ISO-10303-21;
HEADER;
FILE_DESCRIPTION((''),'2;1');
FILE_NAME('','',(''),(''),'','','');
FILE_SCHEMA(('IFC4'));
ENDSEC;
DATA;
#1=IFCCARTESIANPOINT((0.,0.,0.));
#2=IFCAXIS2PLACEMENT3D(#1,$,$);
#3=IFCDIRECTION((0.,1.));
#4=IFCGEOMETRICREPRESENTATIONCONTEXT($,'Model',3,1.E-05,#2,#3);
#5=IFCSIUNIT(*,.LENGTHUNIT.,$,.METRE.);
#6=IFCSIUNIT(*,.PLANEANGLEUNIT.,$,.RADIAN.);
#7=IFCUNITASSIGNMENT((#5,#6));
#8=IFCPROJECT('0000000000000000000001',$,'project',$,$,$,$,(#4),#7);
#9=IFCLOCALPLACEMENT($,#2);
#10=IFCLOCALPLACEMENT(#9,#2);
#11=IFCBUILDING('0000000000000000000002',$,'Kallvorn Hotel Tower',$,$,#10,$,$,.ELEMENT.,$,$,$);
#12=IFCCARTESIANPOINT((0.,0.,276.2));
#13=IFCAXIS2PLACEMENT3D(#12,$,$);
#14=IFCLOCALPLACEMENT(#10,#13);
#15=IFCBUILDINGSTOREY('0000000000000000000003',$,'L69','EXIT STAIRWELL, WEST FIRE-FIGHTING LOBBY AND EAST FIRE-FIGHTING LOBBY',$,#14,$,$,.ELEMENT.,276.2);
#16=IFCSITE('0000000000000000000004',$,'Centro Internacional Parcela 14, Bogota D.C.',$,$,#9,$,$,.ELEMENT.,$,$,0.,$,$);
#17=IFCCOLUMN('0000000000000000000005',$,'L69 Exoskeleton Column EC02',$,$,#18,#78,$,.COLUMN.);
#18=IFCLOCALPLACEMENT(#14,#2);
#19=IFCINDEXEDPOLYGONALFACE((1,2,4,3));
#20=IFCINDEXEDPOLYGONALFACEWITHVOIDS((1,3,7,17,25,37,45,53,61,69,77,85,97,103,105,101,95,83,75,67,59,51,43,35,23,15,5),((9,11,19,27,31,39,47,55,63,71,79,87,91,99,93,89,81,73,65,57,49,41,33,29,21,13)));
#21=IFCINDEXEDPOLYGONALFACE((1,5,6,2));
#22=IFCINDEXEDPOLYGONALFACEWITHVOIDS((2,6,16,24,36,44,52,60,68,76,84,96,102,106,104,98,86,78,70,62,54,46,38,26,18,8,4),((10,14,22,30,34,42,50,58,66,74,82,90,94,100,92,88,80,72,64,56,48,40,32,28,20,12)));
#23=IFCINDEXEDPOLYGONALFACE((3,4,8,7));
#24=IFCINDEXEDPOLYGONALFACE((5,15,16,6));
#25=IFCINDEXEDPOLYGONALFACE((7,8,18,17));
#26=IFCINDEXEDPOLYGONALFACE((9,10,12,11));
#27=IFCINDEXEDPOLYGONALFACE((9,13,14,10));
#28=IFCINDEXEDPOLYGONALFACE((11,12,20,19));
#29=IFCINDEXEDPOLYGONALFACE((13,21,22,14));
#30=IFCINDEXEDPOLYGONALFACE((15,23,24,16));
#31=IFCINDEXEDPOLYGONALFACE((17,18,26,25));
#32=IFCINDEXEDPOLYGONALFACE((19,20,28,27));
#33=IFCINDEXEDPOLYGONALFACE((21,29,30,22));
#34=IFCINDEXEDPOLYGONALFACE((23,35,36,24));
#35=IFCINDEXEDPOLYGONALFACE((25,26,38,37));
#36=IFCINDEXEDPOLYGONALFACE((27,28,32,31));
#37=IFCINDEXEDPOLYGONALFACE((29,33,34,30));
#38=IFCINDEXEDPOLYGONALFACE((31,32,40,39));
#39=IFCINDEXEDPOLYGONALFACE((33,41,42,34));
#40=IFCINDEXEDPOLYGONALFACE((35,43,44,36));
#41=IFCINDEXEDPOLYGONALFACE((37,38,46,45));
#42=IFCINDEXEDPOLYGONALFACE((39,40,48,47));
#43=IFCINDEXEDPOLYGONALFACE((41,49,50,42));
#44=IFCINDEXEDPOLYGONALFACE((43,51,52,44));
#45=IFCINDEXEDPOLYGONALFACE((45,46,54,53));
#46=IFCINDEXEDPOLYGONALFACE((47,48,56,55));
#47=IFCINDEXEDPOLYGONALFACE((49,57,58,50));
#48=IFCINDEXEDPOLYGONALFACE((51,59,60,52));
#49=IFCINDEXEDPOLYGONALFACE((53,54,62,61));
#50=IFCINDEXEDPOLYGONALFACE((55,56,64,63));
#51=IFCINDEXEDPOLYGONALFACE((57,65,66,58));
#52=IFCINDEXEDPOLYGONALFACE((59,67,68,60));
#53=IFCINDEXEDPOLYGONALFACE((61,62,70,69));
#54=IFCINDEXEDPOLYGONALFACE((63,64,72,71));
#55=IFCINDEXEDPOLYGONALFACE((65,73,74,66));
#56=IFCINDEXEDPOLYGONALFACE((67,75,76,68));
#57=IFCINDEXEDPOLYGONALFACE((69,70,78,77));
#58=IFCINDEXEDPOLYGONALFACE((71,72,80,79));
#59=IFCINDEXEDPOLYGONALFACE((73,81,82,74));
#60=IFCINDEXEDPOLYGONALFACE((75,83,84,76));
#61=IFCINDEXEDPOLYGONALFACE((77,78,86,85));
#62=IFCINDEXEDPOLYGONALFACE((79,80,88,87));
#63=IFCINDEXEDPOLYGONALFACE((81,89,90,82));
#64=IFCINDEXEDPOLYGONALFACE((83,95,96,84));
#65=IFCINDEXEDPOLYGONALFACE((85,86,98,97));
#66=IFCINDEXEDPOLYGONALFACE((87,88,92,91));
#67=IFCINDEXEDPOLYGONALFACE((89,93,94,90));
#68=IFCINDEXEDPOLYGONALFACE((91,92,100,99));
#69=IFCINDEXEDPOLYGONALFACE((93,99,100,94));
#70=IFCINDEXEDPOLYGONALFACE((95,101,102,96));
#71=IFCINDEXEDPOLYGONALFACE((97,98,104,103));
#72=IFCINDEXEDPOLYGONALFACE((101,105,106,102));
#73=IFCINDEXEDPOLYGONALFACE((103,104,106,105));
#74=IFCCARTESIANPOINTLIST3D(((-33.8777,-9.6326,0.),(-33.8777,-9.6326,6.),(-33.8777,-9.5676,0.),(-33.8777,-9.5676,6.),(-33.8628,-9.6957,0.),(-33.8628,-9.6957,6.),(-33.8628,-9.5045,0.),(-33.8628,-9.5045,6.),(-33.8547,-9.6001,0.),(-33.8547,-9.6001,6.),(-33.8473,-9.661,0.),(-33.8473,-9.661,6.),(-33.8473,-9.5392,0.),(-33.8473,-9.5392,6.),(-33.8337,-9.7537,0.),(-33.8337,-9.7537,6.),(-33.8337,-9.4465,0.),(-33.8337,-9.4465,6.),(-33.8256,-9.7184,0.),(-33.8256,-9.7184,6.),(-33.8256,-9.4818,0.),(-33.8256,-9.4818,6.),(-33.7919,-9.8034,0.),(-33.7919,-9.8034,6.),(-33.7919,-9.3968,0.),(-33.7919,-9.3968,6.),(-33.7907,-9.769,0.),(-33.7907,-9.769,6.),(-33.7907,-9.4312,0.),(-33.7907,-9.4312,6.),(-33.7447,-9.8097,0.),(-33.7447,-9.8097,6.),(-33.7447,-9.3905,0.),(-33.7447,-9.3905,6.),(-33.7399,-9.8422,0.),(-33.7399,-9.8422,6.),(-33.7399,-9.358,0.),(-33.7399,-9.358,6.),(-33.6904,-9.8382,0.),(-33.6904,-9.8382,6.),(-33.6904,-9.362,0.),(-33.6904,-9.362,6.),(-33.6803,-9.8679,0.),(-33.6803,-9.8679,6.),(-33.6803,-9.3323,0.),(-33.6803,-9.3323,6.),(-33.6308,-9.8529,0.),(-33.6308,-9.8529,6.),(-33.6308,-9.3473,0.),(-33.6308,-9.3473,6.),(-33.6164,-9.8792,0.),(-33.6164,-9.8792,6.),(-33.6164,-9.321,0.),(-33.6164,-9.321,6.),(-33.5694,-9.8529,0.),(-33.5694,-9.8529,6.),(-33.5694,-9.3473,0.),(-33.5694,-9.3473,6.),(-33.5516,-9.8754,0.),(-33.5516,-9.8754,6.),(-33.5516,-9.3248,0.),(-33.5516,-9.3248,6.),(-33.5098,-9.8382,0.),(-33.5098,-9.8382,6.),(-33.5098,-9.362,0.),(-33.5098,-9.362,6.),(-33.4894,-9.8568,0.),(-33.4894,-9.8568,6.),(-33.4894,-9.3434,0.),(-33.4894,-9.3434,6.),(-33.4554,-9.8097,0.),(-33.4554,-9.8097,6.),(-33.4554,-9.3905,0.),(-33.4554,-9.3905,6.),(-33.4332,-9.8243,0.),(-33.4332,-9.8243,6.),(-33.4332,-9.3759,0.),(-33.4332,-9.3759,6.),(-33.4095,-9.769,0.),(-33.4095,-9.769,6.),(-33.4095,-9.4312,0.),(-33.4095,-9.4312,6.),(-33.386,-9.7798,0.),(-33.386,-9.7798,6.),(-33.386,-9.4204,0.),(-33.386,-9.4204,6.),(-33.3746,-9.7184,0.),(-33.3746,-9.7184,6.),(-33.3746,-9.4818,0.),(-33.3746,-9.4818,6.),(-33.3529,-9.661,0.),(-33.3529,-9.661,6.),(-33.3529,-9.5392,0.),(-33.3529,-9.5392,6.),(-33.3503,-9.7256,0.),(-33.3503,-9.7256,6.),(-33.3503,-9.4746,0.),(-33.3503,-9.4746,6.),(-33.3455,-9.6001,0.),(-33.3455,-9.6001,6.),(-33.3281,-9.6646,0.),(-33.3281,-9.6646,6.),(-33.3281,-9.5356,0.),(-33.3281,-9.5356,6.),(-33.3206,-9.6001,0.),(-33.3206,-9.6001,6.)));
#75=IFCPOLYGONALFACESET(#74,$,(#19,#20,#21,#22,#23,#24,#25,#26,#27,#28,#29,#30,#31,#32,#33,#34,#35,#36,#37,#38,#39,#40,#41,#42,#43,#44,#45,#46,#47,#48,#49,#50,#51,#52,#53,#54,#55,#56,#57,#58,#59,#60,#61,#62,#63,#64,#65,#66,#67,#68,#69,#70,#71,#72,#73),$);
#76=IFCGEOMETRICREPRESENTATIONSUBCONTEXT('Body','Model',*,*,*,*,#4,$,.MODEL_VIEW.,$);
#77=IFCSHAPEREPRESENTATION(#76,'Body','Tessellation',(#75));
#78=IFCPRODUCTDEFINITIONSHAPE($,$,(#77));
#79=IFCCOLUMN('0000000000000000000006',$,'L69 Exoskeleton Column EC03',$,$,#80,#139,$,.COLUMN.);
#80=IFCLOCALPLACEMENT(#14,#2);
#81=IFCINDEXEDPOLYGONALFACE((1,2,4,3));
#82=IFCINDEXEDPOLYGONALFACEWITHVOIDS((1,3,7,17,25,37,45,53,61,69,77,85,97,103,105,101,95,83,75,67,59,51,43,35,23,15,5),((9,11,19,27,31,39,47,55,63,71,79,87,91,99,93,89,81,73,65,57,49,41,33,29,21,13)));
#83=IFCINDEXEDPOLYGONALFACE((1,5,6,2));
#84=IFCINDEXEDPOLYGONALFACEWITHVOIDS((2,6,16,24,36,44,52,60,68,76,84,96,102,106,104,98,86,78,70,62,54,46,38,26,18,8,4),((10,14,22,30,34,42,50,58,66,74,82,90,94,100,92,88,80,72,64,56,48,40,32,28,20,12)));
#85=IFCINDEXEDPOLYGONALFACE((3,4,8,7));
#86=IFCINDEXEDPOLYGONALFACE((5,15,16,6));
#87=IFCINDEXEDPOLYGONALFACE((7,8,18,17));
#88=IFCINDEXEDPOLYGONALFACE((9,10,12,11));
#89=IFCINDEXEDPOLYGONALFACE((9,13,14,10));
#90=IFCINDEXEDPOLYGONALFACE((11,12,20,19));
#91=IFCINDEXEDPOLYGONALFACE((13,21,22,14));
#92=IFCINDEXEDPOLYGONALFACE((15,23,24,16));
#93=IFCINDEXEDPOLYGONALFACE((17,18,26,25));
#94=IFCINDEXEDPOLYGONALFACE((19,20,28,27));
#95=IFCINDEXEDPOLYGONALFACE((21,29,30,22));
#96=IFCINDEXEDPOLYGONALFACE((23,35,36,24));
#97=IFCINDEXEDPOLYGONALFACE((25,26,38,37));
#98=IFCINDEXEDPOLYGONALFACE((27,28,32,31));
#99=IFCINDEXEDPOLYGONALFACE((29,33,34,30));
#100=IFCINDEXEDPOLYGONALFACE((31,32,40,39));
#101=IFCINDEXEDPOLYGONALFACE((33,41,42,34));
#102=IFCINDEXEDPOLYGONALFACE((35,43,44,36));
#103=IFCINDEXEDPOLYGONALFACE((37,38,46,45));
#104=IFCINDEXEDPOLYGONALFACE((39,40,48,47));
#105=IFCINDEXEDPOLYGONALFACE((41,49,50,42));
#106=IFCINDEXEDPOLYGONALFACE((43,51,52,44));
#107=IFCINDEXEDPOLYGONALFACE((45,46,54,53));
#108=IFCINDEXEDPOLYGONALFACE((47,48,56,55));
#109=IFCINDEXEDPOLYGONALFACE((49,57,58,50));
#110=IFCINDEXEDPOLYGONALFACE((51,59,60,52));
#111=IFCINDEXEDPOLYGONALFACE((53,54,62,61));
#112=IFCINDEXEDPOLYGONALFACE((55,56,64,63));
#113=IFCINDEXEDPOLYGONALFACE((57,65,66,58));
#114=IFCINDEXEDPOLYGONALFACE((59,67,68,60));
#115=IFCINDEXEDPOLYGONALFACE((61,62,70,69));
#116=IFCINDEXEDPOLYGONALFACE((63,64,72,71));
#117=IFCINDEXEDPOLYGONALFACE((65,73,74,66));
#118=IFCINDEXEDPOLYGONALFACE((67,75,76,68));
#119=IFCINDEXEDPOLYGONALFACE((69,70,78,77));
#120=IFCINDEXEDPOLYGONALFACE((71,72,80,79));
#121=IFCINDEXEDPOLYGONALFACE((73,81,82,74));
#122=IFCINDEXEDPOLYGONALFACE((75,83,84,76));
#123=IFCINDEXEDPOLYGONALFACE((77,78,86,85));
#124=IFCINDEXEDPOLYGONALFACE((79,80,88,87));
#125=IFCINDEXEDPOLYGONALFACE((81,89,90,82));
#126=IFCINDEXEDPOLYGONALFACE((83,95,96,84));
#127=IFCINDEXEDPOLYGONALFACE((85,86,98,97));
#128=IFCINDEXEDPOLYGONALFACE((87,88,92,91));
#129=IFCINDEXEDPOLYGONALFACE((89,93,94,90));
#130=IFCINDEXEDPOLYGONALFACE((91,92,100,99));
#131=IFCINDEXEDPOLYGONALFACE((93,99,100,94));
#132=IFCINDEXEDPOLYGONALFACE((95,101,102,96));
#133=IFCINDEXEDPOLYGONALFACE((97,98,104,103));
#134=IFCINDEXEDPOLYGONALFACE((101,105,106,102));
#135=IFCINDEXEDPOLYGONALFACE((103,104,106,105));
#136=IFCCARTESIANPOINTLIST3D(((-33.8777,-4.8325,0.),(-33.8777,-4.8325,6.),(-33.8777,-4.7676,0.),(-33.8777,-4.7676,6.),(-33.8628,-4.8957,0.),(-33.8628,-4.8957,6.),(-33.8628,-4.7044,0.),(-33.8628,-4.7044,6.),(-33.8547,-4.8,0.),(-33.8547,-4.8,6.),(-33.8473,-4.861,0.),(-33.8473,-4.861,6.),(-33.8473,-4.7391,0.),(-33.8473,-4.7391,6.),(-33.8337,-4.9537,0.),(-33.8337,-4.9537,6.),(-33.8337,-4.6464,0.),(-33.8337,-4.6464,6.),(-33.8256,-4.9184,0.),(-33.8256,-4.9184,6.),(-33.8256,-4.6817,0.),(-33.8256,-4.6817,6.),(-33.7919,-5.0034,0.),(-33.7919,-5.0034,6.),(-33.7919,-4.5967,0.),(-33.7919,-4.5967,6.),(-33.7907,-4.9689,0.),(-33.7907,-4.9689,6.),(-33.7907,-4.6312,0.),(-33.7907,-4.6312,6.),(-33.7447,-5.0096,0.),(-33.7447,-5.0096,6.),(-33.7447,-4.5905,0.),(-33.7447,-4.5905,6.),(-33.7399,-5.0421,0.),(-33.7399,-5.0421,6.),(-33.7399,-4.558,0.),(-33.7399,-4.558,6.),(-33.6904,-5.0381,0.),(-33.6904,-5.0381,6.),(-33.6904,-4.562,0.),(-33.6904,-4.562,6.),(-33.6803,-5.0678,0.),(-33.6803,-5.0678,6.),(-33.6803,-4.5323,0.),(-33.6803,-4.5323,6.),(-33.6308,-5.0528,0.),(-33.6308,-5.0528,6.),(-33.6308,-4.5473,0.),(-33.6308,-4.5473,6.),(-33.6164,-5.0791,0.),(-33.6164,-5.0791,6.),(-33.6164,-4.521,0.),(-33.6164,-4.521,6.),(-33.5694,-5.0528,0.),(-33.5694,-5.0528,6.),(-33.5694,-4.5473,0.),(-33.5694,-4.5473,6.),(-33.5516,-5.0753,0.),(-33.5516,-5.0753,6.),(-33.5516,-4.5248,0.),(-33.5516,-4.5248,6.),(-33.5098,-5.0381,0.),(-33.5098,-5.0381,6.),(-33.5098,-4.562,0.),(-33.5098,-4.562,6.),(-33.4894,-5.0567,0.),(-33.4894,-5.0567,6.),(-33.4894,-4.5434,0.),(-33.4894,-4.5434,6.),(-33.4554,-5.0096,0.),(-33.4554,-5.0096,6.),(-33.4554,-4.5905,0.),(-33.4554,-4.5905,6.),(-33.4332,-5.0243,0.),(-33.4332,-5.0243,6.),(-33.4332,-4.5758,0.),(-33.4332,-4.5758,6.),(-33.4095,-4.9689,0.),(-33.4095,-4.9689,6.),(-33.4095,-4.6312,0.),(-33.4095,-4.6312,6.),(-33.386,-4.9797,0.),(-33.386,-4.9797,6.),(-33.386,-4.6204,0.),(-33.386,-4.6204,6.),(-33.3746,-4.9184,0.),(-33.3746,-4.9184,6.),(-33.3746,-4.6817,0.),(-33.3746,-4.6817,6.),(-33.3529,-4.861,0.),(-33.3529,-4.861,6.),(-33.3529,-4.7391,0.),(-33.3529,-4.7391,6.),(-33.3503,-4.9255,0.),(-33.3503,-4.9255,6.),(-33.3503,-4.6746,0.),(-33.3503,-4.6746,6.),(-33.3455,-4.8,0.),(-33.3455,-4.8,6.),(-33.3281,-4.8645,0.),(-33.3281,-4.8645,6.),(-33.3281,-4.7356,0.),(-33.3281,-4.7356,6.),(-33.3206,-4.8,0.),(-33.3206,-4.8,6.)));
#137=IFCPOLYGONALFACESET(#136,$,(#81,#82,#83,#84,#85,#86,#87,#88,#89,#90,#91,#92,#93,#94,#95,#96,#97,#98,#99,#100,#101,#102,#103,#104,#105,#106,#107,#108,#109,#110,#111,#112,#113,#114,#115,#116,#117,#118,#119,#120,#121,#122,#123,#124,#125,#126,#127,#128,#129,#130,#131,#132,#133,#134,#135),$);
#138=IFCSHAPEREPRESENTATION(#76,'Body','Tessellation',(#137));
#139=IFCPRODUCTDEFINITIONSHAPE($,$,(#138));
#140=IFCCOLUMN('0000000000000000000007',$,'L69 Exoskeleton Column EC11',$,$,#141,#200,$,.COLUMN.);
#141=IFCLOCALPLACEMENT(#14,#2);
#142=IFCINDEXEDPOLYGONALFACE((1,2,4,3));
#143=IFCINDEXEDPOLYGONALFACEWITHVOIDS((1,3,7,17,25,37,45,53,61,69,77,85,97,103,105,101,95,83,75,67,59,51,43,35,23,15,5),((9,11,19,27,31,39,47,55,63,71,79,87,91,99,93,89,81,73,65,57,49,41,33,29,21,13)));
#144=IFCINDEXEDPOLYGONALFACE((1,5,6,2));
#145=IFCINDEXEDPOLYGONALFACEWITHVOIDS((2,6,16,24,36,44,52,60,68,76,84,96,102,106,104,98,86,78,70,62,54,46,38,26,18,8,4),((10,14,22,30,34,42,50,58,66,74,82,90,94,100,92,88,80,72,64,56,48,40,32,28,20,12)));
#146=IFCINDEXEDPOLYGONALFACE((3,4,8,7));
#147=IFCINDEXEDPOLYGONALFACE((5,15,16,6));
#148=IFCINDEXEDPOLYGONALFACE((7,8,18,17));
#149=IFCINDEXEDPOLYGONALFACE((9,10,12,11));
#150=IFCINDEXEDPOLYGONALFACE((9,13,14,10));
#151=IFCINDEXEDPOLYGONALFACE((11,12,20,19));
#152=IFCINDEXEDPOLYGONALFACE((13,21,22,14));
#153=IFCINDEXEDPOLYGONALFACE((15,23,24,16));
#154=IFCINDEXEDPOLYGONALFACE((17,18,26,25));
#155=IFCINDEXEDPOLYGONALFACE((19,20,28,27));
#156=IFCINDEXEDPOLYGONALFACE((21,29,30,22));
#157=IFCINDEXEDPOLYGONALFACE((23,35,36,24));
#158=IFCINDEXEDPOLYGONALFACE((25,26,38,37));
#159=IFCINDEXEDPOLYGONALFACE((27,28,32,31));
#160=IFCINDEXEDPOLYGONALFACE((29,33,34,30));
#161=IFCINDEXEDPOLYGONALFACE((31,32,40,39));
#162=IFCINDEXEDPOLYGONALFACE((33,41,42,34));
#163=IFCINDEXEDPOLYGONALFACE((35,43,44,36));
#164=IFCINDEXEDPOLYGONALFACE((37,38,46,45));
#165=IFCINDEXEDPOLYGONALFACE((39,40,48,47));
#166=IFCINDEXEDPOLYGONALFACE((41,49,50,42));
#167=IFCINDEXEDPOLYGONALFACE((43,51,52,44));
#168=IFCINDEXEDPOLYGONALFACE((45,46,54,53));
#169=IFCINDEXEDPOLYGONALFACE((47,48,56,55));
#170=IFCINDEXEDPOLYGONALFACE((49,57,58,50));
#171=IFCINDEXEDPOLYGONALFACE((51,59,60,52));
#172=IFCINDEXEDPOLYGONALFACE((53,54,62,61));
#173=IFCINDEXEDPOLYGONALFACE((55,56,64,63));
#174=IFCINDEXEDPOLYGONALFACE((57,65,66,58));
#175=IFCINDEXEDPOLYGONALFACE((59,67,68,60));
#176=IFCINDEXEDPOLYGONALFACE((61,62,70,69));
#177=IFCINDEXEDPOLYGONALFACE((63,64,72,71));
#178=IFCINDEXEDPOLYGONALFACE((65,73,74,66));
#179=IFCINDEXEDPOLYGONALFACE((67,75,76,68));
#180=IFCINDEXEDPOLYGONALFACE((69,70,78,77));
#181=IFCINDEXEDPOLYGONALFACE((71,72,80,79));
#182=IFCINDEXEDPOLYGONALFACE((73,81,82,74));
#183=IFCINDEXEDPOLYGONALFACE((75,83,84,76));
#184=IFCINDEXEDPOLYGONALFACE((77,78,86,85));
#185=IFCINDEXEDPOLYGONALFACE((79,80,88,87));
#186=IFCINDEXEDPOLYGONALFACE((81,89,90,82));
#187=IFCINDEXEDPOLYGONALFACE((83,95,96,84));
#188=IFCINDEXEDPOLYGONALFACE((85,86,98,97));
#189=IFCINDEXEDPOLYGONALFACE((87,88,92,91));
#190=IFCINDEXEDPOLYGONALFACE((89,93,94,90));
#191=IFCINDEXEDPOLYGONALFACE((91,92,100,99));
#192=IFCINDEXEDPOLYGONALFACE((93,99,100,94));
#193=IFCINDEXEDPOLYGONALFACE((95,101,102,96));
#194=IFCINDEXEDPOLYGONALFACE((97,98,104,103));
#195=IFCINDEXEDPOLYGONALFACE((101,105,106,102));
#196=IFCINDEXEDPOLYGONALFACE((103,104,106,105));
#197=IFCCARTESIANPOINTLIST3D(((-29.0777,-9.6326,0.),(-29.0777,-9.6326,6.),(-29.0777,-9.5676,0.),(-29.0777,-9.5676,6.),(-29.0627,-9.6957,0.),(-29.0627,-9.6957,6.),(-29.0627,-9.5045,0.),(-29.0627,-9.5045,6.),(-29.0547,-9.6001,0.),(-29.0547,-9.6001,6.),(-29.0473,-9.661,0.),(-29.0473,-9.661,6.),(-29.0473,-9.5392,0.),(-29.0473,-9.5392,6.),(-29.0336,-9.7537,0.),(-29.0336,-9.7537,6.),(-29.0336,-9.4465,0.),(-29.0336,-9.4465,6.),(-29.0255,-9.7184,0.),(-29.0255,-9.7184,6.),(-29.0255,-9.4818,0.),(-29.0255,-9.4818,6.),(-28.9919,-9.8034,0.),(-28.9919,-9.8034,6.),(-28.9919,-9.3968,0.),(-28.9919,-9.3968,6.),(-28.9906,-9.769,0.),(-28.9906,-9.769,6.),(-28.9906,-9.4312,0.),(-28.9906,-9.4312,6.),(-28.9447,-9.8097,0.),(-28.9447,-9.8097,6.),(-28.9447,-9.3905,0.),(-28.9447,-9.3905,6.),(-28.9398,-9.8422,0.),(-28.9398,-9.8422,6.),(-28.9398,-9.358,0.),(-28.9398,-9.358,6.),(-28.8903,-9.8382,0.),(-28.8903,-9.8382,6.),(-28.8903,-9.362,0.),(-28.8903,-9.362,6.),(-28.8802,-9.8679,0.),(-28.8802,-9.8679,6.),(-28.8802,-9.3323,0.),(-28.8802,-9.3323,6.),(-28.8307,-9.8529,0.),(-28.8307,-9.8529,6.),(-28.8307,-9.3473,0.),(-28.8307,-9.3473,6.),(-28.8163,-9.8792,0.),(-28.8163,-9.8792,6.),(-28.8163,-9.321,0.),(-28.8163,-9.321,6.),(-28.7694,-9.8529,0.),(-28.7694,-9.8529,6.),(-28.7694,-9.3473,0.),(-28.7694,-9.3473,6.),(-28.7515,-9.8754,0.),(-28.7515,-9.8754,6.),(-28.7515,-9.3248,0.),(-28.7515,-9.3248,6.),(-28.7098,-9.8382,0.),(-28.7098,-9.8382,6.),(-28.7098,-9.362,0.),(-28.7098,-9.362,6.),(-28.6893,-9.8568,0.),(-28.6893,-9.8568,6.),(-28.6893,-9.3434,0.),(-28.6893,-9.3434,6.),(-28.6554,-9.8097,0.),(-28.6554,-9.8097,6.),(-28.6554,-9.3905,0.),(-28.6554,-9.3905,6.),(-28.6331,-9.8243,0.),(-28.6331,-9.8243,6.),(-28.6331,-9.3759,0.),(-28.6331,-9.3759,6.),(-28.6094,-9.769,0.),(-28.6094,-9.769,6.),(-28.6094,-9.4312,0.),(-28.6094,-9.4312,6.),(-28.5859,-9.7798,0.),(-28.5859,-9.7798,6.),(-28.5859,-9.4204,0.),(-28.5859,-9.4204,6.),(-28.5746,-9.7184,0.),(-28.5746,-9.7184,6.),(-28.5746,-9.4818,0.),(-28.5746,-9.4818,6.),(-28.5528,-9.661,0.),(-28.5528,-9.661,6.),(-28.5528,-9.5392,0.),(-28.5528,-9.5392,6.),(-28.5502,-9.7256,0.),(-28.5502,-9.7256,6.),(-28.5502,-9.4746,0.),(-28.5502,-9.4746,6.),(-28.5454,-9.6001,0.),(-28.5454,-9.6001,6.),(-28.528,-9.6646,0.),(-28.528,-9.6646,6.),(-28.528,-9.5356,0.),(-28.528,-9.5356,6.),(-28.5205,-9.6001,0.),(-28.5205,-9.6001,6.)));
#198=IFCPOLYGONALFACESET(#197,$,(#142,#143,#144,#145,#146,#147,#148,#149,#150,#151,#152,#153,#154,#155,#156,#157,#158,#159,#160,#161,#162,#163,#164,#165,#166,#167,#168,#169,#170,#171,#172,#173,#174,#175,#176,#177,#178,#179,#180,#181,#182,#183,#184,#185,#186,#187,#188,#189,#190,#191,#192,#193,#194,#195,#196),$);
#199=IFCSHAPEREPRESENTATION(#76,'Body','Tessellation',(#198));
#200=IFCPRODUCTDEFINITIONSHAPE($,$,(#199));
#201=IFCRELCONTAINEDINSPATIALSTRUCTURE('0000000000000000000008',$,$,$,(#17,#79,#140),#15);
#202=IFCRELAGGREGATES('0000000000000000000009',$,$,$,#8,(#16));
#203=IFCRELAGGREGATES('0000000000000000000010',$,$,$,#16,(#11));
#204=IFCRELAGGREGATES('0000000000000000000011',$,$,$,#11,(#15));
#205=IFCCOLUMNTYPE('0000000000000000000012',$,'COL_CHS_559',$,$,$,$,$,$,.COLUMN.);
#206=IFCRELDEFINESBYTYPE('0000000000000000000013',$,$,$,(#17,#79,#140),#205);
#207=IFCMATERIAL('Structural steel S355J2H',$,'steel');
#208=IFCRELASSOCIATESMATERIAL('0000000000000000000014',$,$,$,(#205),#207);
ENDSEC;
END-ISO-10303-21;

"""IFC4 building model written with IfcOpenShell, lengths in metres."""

from ifc_helpers import new_model, si_unit, direction, frame, origin, origin_2d, place, context, subcontext, project, spatial, hollow_circle, extrude, material, material_profile, profile_set, type_object, element, save


model = new_model("IFC4")

# Units and contexts
model_context = context("Model", 3, precision=1e-05, world=origin(), true_north=direction((0.0, 1.0)))
body_context = subcontext(model_context, "Body", "Model", "MODEL_VIEW")
ifc_project = project(units=[si_unit("LENGTHUNIT", "METRE"), si_unit("PLANEANGLEUNIT", "RADIAN")], contexts=[model_context])

# Site, building, storey
site_placement = place(None, origin())
site = spatial("IfcSite", under=ifc_project, at=site_placement, Name="Centro Internacional Parcela 14, Bogota D.C.", CompositionType="ELEMENT", RefElevation=0.0)
building_placement = place(site_placement, origin())
building = spatial("IfcBuilding", under=site, at=building_placement, Name="Kallvorn Hotel Tower", CompositionType="ELEMENT")
storey_placement = place(building_placement, frame((0.0, 0.0, 276.2)))
storey = spatial("IfcBuildingStorey", under=building, at=storey_placement, Name="L69", Description="EXIT STAIRWELL, WEST FIRE-FIGHTING LOBBY AND EAST FIRE-FIGHTING LOBBY", CompositionType="ELEMENT", Elevation=276.2)

# Columns
ifc_material_1 = material(Name="Structural steel S355J2H", Category="steel")
ifc_material_profile_1 = material_profile(ifc_material_1, hollow_circle(Radius=0.2795, WallThickness=0.0249, at=origin_2d()), Name="CHS 559x25")
ifc_profile_set_1 = profile_set([ifc_material_profile_1], Name="Structural steel S355J2H")
column_type = type_object("IfcColumnType", Name="COL_CHS_559", PredefinedType="COLUMN", material=ifc_profile_set_1)
for number, where, z_axis, x_axis, name in (
    (1, (-33.6001, -9.6001, 0.0), (0.0, 0.0, 1.0), (1.0, 0.0, 0.0), "L69 Exoskeleton Column EC02"),
    (2, (-33.6001, -4.8, 0.0), (0.0, 0.0, 1.0), (1.0, 0.0, 0.0), "L69 Exoskeleton Column EC03"),
    (3, (-28.8, -9.6001, 0.0), (0.0, 0.0, 1.0), (1.0, 0.0, 0.0), "L69 Exoskeleton Column EC11"),
):
    element("IfcColumn", number, at=place(storey_placement, frame(where, z_axis=z_axis, x_axis=x_axis)), inside=storey, type_object=column_type, Name=name, PredefinedType="COLUMN", context=body_context, shape_type="SweptSolid", body=[
        extrude(hollow_circle(Radius=0.2795, WallThickness=0.0249, at=origin_2d()), origin(), (0.0, 0.0, 1.0), 6.0),
    ])

save(model, "model.ifc")
